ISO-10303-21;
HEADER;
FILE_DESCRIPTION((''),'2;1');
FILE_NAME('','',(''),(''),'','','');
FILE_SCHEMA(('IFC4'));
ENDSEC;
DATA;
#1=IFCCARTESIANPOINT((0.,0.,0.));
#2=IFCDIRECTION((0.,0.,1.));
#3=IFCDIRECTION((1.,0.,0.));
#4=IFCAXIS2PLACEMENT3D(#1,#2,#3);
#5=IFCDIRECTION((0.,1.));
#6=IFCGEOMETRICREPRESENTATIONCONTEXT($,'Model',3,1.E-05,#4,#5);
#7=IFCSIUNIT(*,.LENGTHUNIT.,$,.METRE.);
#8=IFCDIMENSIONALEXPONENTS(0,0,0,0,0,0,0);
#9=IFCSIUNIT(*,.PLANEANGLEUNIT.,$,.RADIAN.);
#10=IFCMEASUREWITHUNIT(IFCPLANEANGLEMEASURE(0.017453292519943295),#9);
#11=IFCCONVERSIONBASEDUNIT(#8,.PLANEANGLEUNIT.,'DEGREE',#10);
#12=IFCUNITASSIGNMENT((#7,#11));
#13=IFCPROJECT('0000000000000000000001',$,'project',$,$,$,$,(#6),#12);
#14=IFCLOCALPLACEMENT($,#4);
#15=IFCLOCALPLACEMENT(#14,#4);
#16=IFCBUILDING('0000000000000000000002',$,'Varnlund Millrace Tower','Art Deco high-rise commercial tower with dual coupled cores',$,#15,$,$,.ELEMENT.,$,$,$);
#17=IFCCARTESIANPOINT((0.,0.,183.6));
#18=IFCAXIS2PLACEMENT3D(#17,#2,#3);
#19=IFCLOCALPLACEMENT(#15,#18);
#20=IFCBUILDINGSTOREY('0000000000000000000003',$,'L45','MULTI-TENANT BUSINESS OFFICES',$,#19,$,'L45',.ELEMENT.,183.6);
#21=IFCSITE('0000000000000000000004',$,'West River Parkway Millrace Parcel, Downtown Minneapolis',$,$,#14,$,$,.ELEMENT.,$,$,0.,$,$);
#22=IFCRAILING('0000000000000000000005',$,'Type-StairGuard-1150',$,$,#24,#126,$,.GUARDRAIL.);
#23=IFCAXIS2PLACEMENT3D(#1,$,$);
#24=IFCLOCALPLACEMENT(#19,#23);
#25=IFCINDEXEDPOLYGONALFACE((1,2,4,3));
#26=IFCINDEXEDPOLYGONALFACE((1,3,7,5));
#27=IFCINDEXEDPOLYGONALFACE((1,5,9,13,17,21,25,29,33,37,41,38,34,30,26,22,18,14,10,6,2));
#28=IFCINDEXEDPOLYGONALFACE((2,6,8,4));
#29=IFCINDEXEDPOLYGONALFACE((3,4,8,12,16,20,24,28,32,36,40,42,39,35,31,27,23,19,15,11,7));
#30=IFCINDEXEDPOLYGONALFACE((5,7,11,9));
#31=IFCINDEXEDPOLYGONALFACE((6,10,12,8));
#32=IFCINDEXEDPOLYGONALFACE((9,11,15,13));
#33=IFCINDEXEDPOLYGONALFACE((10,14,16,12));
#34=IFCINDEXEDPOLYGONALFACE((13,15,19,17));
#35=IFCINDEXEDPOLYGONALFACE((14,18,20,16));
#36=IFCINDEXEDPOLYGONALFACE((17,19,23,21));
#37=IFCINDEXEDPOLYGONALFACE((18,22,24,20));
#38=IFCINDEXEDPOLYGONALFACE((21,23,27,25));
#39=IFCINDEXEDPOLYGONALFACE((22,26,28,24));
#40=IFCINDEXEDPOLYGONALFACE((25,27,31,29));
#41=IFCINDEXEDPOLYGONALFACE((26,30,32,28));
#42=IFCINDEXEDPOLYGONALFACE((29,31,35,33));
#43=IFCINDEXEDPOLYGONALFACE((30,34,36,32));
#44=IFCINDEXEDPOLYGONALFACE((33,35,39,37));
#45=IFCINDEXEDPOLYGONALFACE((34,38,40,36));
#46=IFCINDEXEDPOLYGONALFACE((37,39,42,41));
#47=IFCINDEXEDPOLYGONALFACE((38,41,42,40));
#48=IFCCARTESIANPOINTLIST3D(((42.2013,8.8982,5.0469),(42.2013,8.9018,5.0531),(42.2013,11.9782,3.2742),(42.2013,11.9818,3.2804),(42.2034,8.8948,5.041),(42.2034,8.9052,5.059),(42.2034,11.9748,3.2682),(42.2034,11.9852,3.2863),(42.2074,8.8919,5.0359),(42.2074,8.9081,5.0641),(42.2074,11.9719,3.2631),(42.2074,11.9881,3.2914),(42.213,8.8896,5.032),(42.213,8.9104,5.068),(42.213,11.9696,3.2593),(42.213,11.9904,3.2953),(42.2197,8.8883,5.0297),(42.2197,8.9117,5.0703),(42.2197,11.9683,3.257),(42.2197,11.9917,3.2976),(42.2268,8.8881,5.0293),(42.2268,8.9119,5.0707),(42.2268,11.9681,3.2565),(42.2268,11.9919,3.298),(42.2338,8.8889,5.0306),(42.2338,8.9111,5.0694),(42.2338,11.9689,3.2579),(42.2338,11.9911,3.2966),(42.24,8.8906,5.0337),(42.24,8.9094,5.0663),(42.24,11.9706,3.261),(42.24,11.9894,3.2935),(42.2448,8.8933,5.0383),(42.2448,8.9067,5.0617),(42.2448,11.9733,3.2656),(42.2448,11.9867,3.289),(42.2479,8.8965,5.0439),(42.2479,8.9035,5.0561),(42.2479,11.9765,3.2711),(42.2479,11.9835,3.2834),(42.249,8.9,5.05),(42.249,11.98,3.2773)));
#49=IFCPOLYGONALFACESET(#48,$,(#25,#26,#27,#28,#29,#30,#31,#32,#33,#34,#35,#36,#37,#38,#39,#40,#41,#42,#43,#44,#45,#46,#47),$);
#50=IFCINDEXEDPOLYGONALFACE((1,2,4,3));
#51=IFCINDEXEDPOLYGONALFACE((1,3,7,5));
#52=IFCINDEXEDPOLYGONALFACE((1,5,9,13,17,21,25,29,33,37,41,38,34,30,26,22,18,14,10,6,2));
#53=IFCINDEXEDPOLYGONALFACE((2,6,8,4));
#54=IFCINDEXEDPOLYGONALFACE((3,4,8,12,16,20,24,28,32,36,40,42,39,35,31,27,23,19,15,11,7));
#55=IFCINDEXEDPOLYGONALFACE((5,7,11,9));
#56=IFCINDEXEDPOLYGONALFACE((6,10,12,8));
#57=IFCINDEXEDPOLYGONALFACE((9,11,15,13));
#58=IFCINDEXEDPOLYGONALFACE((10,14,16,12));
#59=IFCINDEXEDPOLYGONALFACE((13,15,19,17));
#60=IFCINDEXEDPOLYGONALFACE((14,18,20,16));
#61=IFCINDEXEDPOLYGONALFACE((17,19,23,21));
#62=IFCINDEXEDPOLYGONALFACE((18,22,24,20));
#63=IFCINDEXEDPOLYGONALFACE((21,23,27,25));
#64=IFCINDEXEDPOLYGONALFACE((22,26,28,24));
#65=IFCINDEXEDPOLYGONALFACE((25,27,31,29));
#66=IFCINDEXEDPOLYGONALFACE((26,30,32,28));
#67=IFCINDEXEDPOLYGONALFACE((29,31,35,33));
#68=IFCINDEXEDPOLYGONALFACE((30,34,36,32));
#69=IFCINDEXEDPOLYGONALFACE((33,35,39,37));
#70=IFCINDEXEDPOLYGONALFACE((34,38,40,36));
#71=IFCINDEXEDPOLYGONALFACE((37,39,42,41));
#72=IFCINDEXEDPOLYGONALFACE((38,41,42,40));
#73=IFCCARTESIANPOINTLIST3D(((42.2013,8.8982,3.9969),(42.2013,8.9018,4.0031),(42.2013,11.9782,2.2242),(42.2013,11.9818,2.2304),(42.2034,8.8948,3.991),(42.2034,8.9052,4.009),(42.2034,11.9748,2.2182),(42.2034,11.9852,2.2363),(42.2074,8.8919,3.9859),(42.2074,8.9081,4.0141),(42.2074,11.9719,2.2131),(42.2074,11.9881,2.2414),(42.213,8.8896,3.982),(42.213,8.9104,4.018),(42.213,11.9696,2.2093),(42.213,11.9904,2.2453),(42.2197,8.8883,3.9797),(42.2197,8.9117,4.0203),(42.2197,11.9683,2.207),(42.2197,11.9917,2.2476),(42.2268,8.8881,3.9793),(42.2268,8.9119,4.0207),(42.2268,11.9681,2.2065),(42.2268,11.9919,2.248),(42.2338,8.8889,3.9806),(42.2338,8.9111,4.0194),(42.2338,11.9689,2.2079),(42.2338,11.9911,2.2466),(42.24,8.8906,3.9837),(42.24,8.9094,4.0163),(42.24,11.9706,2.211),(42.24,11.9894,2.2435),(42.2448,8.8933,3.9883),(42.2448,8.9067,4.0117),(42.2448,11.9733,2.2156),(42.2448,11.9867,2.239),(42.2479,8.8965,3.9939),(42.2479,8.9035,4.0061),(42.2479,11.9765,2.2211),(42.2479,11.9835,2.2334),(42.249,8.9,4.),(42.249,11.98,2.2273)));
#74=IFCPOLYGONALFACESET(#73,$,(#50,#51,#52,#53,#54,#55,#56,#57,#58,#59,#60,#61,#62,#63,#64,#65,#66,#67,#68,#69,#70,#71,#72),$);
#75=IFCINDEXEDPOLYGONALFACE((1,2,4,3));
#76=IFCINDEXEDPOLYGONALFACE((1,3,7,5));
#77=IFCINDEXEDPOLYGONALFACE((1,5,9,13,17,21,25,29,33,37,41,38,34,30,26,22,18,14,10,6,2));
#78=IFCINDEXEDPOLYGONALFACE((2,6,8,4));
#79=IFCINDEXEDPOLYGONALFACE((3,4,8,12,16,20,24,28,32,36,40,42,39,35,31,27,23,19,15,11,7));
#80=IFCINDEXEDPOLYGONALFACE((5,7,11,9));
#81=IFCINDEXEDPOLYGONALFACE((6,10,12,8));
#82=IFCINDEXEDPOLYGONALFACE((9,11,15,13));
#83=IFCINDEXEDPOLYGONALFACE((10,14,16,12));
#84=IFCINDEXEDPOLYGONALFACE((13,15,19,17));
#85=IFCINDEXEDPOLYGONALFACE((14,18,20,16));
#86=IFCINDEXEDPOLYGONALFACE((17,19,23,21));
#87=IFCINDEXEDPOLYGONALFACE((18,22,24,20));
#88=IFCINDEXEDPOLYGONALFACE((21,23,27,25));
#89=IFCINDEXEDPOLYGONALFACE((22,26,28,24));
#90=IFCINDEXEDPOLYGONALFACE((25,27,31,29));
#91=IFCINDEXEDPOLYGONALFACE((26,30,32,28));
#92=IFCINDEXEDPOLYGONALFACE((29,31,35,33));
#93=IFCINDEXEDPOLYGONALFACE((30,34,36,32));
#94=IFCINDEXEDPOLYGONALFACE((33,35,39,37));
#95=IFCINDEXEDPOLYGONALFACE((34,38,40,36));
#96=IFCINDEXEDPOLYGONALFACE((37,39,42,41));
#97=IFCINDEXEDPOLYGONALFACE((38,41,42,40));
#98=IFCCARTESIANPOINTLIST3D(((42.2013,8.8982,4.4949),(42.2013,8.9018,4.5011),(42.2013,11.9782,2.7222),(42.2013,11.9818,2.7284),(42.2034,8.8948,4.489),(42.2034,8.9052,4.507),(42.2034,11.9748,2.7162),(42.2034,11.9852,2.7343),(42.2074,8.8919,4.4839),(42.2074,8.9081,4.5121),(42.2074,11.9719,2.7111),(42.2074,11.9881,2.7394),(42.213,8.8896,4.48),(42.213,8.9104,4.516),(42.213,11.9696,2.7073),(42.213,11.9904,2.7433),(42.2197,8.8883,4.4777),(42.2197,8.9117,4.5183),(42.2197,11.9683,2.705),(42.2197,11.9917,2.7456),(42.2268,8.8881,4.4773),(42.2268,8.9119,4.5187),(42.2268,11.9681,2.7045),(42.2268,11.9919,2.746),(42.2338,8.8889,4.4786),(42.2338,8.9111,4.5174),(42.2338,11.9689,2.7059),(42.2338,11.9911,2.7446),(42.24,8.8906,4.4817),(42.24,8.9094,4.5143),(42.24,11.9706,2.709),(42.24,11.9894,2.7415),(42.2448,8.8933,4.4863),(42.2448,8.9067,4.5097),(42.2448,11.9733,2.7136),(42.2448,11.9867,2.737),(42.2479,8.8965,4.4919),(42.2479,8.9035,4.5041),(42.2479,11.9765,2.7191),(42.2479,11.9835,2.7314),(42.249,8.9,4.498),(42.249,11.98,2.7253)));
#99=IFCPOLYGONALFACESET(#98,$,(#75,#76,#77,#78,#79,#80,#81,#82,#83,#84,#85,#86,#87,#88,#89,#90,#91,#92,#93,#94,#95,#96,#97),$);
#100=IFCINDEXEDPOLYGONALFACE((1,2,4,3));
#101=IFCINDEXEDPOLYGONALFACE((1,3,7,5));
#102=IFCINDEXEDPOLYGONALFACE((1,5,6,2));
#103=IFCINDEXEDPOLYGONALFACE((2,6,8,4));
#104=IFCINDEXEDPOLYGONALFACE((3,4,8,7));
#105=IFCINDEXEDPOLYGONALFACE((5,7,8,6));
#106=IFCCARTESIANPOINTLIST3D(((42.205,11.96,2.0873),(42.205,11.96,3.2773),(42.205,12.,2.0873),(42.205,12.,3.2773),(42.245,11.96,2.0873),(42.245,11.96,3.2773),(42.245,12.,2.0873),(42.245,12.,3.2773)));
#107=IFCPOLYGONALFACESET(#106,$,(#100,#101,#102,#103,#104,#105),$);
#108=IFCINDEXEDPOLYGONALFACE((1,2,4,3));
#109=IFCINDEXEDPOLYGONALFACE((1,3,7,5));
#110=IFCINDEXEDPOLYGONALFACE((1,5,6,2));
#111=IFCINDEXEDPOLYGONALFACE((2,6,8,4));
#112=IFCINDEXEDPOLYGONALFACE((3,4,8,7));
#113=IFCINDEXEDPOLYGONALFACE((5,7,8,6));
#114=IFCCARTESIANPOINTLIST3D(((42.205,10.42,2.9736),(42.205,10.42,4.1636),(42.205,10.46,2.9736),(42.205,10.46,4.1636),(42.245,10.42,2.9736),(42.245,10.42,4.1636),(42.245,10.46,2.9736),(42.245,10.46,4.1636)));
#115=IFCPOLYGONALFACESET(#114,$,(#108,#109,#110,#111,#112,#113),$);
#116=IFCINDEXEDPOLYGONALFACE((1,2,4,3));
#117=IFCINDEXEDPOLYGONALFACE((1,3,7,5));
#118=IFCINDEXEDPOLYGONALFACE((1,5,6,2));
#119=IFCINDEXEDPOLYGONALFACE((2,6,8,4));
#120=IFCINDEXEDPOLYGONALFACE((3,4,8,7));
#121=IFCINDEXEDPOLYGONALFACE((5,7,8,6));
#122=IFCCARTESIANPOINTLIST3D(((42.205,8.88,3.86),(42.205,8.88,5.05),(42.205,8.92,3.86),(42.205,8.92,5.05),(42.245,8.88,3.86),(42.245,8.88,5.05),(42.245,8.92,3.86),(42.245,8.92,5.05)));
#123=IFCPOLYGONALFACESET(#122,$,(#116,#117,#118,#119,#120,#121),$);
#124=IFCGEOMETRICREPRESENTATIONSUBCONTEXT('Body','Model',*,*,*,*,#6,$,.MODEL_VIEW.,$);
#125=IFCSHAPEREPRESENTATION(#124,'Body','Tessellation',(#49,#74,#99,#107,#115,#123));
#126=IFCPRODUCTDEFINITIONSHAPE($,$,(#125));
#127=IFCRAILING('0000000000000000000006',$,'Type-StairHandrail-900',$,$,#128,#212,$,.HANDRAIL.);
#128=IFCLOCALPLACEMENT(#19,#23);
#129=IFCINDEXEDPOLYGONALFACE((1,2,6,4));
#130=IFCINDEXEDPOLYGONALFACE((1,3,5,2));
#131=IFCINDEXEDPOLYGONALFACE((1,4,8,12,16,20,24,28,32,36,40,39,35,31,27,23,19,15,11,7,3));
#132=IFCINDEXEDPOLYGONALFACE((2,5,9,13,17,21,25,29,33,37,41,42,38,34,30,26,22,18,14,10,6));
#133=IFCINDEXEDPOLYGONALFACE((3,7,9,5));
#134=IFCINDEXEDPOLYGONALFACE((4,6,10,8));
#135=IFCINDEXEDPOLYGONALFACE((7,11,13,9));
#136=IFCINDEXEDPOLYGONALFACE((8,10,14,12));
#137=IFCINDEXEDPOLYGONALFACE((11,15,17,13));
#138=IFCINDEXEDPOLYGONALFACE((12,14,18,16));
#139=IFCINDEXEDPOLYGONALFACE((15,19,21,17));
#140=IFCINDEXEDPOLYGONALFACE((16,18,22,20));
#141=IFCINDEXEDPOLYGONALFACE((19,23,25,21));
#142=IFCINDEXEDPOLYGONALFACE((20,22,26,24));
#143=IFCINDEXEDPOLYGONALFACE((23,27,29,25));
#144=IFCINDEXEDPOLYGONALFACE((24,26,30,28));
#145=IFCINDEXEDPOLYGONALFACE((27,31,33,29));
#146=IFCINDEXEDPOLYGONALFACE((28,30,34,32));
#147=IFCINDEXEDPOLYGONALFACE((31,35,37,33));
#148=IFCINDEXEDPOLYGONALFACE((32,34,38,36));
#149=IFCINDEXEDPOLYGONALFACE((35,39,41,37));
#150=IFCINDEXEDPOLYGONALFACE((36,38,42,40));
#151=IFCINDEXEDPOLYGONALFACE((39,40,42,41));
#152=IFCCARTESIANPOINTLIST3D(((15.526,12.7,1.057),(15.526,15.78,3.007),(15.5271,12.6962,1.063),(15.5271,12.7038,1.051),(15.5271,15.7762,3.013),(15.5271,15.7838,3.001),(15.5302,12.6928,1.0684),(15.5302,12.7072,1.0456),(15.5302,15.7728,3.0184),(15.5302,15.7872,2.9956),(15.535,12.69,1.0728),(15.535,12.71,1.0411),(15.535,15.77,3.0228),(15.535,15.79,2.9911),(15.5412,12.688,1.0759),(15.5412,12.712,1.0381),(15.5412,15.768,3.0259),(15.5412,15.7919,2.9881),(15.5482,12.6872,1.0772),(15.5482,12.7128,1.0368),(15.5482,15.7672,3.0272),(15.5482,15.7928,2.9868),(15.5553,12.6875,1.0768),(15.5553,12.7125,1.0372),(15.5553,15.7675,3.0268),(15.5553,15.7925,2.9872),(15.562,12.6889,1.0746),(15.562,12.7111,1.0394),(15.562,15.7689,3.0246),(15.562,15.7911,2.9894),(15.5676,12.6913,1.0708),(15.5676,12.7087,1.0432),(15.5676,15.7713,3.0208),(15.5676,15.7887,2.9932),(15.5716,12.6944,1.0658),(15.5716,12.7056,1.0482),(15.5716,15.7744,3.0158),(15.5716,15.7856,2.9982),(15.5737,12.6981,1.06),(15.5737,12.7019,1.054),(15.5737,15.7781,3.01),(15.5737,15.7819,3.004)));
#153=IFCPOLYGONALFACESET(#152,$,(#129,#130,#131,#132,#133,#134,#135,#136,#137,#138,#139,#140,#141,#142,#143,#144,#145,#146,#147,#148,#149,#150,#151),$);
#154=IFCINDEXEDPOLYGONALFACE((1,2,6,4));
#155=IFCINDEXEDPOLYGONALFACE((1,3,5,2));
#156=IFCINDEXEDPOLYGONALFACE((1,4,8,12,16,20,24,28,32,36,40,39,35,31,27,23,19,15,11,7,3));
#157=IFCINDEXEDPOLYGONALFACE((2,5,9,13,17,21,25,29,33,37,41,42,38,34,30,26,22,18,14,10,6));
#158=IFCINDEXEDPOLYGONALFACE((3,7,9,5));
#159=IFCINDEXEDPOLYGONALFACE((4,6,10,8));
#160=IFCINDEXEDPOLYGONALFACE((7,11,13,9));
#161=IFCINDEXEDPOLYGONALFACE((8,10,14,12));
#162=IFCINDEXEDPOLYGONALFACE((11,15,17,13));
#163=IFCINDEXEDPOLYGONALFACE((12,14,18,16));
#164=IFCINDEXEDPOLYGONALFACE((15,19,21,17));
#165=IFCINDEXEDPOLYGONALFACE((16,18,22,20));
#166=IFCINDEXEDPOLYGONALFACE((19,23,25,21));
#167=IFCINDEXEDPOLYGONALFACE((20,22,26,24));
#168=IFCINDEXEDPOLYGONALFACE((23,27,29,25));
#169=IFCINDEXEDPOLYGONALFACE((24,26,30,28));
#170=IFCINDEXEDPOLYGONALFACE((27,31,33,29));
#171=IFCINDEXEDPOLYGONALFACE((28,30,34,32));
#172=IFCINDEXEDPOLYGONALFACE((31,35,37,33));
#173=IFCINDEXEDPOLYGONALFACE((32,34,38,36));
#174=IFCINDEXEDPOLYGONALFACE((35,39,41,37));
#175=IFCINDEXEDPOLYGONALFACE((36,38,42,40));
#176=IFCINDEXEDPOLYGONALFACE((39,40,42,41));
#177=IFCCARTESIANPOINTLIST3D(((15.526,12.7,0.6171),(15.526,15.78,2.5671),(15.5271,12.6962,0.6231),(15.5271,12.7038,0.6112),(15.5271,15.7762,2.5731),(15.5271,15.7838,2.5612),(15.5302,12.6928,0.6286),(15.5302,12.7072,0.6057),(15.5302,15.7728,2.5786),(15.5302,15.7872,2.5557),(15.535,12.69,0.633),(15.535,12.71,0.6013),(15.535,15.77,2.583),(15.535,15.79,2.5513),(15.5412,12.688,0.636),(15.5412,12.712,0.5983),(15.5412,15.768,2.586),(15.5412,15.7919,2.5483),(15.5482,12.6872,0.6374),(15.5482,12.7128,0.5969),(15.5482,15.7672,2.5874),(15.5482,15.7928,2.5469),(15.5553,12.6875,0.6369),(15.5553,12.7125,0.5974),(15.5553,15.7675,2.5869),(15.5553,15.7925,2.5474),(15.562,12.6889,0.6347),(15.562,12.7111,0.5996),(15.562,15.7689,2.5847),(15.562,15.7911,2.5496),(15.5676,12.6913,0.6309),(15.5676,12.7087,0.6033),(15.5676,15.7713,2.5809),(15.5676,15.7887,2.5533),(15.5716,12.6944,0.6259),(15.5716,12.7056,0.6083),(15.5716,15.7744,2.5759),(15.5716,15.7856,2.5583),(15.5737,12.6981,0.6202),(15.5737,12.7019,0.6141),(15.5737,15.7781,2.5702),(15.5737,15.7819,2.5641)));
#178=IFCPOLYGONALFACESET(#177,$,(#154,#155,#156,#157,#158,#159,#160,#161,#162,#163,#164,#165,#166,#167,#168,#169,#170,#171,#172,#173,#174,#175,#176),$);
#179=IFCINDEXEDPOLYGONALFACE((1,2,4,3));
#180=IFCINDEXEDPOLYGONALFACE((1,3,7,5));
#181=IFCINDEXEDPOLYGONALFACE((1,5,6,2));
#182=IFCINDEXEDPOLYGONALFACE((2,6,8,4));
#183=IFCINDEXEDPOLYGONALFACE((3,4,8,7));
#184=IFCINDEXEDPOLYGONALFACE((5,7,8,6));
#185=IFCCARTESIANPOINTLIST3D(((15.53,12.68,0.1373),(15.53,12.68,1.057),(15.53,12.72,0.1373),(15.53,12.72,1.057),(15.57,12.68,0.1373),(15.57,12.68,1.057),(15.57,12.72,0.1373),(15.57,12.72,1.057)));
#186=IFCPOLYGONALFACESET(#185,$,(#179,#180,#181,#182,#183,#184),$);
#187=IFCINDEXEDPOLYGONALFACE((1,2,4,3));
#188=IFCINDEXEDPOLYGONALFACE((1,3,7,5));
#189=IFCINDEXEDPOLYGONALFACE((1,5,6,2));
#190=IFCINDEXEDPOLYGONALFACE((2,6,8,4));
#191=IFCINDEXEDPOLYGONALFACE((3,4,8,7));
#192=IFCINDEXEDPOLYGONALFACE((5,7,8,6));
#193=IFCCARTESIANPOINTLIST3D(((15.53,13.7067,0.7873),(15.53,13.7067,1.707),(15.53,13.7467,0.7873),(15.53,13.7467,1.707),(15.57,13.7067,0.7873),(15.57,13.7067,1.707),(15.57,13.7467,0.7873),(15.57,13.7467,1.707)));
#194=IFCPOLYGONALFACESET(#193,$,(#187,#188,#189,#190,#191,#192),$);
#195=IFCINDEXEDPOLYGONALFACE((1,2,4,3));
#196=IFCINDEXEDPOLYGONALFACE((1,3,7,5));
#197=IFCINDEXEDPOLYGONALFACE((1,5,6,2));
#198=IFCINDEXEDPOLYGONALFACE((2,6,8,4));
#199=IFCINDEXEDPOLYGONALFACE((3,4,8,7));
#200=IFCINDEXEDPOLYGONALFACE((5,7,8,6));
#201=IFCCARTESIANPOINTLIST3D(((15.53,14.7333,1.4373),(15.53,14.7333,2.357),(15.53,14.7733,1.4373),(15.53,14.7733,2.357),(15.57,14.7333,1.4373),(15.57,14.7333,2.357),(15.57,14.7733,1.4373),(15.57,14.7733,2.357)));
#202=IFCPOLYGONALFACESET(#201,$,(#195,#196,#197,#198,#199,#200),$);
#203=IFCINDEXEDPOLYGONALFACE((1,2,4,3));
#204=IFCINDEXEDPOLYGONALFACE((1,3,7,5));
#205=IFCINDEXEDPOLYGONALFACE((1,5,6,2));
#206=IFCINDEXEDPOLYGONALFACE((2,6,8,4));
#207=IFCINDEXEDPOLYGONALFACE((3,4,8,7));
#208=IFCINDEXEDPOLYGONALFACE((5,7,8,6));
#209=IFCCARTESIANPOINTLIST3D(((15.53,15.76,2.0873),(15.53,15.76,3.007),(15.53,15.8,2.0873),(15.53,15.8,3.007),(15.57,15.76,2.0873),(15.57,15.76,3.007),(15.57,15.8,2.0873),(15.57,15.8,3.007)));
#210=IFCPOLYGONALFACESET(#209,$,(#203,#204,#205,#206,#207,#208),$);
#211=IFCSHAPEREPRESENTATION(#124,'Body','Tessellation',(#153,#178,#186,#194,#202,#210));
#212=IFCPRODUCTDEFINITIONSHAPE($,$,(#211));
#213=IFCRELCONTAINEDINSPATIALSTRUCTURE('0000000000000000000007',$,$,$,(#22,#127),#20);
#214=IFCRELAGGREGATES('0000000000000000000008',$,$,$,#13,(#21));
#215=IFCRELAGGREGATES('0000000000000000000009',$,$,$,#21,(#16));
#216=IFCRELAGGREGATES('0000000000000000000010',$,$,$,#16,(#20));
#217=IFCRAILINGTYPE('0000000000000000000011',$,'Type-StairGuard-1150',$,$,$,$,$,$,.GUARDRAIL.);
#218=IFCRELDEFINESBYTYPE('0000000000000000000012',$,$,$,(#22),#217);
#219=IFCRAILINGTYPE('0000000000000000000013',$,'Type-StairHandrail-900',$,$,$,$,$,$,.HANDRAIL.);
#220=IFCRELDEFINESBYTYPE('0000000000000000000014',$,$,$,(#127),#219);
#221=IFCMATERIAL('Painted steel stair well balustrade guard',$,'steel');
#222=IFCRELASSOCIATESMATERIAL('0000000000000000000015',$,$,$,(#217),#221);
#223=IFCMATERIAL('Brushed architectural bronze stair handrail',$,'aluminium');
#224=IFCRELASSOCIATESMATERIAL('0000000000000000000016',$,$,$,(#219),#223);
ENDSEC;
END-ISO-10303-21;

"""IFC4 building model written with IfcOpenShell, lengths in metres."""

from ifc_helpers import new_model, entity, si_unit, converted_unit, direction, frame, origin_with_axes, origin_2d_with_axis, place, context, subcontext, project, spatial, rectangle, circle, extrude, material, type_object, element, save


model = new_model("IFC4")

# Units and contexts
model_context = context("Model", 3, precision=1e-05, world=origin_with_axes(), true_north=direction((0.0, 1.0)))
body_context = subcontext(model_context, "Body", "Model", "MODEL_VIEW")
ifc_project = project(units=[si_unit("LENGTHUNIT", "METRE"), converted_unit("PLANEANGLEUNIT", "DEGREE", entity("IfcPlaneAngleMeasure", 0.017453292519943295), si_unit("PLANEANGLEUNIT", "RADIAN"), dimensions=[0, 0, 0, 0, 0, 0, 0])], contexts=[model_context])

# Site, building, storey
site_placement = place(None, origin_with_axes())
site = spatial("IfcSite", under=ifc_project, at=site_placement, Name="West River Parkway Millrace Parcel, Downtown Minneapolis", CompositionType="ELEMENT", RefElevation=0.0)
building_placement = place(site_placement, origin_with_axes())
building = spatial("IfcBuilding", under=site, at=building_placement, Name="Varnlund Millrace Tower", Description="Art Deco high-rise commercial tower with dual coupled cores", CompositionType="ELEMENT")
storey_placement = place(building_placement, frame((0.0, 0.0, 183.6), z_axis=(0.0, 0.0, 1.0), x_axis=(1.0, 0.0, 0.0)))
storey = spatial("IfcBuildingStorey", under=building, at=storey_placement, Name="L45", Description="MULTI-TENANT BUSINESS OFFICES", LongName="L45", CompositionType="ELEMENT", Elevation=183.6)

# Railings
ifc_material_1 = material(Name="Painted steel stair well balustrade guard", Category="steel")
railing_type_1 = type_object("IfcRailingType", Name="Type-StairGuard-1150", PredefinedType="GUARDRAIL", material=ifc_material_1)
railing_1_placement = place(storey_placement, frame((0.0, 0.0, -183.6), z_axis=(0.0, 0.0, 1.0), x_axis=(1.0, 0.0, 0.0)))
element("IfcRailing", 1, at=railing_1_placement, inside=storey, type_object=railing_type_1, Name="Type-StairGuard-1150", PredefinedType="GUARDRAIL", context=body_context, shape_type="SweptSolid", body=[
    extrude(circle(Radius=0.024, at=origin_2d_with_axis()), frame((42.225, 11.98, 186.8773), z_axis=(0.0, -0.866696, 0.498836), x_axis=(1.0, 0.0, 0.0)), (0.0, 0.0, 1.0), 3.5537),
    extrude(circle(Radius=0.024, at=origin_2d_with_axis()), frame((42.225, 11.98, 185.8273), z_axis=(0.0, -0.866696, 0.498836), x_axis=(1.0, 0.0, 0.0)), (0.0, 0.0, 1.0), 3.5537),
    extrude(circle(Radius=0.024, at=origin_2d_with_axis()), frame((42.225, 11.98, 186.3253), z_axis=(0.0, -0.866696, 0.498836), x_axis=(1.0, 0.0, 0.0)), (0.0, 0.0, 1.0), 3.5537),
    extrude(rectangle(XDim=0.04, YDim=0.04, at=origin_2d_with_axis()), frame((42.225, 11.98, 185.6873), z_axis=(0.0, 0.0, 1.0), x_axis=(1.0, 0.0, 0.0)), (0.0, 0.0, 1.0), 1.19),
    extrude(rectangle(XDim=0.04, YDim=0.04, at=origin_2d_with_axis()), frame((42.225, 10.44, 186.5736), z_axis=(0.0, 0.0, 1.0), x_axis=(1.0, 0.0, 0.0)), (0.0, 0.0, 1.0), 1.19),
    extrude(rectangle(XDim=0.04, YDim=0.04, at=origin_2d_with_axis()), frame((42.225, 8.9, 187.46), z_axis=(0.0, 0.0, 1.0), x_axis=(1.0, 0.0, 0.0)), (0.0, 0.0, 1.0), 1.19),
])
ifc_material_2 = material(Name="Brushed architectural bronze stair handrail", Category="aluminium")
railing_type_2 = type_object("IfcRailingType", Name="Type-StairHandrail-900", PredefinedType="HANDRAIL", material=ifc_material_2)
railing_2_placement = place(storey_placement, frame((0.0, 0.0, -183.6), z_axis=(0.0, 0.0, 1.0), x_axis=(1.0, 0.0, 0.0)))
element("IfcRailing", 2, at=railing_2_placement, inside=storey, type_object=railing_type_2, Name="Type-StairHandrail-900", PredefinedType="HANDRAIL", context=body_context, shape_type="SweptSolid", body=[
    extrude(circle(Radius=0.024, at=origin_2d_with_axis()), frame((15.55, 12.7, 184.657), z_axis=(0.0, 0.844902, 0.534922), x_axis=(-1.0, 0.0, 0.0)), (0.0, 0.0, 1.0), 3.6454),
    extrude(circle(Radius=0.024, at=origin_2d_with_axis()), frame((15.55, 12.7, 184.2171), z_axis=(0.0, 0.844902, 0.534922), x_axis=(-1.0, 0.0, 0.0)), (0.0, 0.0, 1.0), 3.6454),
    extrude(rectangle(XDim=0.04, YDim=0.04, at=origin_2d_with_axis()), frame((15.55, 12.7, 183.7373), z_axis=(0.0, 0.0, 1.0), x_axis=(1.0, 0.0, 0.0)), (0.0, 0.0, 1.0), 0.9197),
    extrude(rectangle(XDim=0.04, YDim=0.04, at=origin_2d_with_axis()), frame((15.55, 13.7267, 184.3873), z_axis=(0.0, 0.0, 1.0), x_axis=(1.0, 0.0, 0.0)), (0.0, 0.0, 1.0), 0.9197),
    extrude(rectangle(XDim=0.04, YDim=0.04, at=origin_2d_with_axis()), frame((15.55, 14.7533, 185.0373), z_axis=(0.0, 0.0, 1.0), x_axis=(1.0, 0.0, 0.0)), (0.0, 0.0, 1.0), 0.9197),
    extrude(rectangle(XDim=0.04, YDim=0.04, at=origin_2d_with_axis()), frame((15.55, 15.78, 185.6873), z_axis=(0.0, 0.0, 1.0), x_axis=(1.0, 0.0, 0.0)), (0.0, 0.0, 1.0), 0.9197),
])

save(model, "model.ifc")
